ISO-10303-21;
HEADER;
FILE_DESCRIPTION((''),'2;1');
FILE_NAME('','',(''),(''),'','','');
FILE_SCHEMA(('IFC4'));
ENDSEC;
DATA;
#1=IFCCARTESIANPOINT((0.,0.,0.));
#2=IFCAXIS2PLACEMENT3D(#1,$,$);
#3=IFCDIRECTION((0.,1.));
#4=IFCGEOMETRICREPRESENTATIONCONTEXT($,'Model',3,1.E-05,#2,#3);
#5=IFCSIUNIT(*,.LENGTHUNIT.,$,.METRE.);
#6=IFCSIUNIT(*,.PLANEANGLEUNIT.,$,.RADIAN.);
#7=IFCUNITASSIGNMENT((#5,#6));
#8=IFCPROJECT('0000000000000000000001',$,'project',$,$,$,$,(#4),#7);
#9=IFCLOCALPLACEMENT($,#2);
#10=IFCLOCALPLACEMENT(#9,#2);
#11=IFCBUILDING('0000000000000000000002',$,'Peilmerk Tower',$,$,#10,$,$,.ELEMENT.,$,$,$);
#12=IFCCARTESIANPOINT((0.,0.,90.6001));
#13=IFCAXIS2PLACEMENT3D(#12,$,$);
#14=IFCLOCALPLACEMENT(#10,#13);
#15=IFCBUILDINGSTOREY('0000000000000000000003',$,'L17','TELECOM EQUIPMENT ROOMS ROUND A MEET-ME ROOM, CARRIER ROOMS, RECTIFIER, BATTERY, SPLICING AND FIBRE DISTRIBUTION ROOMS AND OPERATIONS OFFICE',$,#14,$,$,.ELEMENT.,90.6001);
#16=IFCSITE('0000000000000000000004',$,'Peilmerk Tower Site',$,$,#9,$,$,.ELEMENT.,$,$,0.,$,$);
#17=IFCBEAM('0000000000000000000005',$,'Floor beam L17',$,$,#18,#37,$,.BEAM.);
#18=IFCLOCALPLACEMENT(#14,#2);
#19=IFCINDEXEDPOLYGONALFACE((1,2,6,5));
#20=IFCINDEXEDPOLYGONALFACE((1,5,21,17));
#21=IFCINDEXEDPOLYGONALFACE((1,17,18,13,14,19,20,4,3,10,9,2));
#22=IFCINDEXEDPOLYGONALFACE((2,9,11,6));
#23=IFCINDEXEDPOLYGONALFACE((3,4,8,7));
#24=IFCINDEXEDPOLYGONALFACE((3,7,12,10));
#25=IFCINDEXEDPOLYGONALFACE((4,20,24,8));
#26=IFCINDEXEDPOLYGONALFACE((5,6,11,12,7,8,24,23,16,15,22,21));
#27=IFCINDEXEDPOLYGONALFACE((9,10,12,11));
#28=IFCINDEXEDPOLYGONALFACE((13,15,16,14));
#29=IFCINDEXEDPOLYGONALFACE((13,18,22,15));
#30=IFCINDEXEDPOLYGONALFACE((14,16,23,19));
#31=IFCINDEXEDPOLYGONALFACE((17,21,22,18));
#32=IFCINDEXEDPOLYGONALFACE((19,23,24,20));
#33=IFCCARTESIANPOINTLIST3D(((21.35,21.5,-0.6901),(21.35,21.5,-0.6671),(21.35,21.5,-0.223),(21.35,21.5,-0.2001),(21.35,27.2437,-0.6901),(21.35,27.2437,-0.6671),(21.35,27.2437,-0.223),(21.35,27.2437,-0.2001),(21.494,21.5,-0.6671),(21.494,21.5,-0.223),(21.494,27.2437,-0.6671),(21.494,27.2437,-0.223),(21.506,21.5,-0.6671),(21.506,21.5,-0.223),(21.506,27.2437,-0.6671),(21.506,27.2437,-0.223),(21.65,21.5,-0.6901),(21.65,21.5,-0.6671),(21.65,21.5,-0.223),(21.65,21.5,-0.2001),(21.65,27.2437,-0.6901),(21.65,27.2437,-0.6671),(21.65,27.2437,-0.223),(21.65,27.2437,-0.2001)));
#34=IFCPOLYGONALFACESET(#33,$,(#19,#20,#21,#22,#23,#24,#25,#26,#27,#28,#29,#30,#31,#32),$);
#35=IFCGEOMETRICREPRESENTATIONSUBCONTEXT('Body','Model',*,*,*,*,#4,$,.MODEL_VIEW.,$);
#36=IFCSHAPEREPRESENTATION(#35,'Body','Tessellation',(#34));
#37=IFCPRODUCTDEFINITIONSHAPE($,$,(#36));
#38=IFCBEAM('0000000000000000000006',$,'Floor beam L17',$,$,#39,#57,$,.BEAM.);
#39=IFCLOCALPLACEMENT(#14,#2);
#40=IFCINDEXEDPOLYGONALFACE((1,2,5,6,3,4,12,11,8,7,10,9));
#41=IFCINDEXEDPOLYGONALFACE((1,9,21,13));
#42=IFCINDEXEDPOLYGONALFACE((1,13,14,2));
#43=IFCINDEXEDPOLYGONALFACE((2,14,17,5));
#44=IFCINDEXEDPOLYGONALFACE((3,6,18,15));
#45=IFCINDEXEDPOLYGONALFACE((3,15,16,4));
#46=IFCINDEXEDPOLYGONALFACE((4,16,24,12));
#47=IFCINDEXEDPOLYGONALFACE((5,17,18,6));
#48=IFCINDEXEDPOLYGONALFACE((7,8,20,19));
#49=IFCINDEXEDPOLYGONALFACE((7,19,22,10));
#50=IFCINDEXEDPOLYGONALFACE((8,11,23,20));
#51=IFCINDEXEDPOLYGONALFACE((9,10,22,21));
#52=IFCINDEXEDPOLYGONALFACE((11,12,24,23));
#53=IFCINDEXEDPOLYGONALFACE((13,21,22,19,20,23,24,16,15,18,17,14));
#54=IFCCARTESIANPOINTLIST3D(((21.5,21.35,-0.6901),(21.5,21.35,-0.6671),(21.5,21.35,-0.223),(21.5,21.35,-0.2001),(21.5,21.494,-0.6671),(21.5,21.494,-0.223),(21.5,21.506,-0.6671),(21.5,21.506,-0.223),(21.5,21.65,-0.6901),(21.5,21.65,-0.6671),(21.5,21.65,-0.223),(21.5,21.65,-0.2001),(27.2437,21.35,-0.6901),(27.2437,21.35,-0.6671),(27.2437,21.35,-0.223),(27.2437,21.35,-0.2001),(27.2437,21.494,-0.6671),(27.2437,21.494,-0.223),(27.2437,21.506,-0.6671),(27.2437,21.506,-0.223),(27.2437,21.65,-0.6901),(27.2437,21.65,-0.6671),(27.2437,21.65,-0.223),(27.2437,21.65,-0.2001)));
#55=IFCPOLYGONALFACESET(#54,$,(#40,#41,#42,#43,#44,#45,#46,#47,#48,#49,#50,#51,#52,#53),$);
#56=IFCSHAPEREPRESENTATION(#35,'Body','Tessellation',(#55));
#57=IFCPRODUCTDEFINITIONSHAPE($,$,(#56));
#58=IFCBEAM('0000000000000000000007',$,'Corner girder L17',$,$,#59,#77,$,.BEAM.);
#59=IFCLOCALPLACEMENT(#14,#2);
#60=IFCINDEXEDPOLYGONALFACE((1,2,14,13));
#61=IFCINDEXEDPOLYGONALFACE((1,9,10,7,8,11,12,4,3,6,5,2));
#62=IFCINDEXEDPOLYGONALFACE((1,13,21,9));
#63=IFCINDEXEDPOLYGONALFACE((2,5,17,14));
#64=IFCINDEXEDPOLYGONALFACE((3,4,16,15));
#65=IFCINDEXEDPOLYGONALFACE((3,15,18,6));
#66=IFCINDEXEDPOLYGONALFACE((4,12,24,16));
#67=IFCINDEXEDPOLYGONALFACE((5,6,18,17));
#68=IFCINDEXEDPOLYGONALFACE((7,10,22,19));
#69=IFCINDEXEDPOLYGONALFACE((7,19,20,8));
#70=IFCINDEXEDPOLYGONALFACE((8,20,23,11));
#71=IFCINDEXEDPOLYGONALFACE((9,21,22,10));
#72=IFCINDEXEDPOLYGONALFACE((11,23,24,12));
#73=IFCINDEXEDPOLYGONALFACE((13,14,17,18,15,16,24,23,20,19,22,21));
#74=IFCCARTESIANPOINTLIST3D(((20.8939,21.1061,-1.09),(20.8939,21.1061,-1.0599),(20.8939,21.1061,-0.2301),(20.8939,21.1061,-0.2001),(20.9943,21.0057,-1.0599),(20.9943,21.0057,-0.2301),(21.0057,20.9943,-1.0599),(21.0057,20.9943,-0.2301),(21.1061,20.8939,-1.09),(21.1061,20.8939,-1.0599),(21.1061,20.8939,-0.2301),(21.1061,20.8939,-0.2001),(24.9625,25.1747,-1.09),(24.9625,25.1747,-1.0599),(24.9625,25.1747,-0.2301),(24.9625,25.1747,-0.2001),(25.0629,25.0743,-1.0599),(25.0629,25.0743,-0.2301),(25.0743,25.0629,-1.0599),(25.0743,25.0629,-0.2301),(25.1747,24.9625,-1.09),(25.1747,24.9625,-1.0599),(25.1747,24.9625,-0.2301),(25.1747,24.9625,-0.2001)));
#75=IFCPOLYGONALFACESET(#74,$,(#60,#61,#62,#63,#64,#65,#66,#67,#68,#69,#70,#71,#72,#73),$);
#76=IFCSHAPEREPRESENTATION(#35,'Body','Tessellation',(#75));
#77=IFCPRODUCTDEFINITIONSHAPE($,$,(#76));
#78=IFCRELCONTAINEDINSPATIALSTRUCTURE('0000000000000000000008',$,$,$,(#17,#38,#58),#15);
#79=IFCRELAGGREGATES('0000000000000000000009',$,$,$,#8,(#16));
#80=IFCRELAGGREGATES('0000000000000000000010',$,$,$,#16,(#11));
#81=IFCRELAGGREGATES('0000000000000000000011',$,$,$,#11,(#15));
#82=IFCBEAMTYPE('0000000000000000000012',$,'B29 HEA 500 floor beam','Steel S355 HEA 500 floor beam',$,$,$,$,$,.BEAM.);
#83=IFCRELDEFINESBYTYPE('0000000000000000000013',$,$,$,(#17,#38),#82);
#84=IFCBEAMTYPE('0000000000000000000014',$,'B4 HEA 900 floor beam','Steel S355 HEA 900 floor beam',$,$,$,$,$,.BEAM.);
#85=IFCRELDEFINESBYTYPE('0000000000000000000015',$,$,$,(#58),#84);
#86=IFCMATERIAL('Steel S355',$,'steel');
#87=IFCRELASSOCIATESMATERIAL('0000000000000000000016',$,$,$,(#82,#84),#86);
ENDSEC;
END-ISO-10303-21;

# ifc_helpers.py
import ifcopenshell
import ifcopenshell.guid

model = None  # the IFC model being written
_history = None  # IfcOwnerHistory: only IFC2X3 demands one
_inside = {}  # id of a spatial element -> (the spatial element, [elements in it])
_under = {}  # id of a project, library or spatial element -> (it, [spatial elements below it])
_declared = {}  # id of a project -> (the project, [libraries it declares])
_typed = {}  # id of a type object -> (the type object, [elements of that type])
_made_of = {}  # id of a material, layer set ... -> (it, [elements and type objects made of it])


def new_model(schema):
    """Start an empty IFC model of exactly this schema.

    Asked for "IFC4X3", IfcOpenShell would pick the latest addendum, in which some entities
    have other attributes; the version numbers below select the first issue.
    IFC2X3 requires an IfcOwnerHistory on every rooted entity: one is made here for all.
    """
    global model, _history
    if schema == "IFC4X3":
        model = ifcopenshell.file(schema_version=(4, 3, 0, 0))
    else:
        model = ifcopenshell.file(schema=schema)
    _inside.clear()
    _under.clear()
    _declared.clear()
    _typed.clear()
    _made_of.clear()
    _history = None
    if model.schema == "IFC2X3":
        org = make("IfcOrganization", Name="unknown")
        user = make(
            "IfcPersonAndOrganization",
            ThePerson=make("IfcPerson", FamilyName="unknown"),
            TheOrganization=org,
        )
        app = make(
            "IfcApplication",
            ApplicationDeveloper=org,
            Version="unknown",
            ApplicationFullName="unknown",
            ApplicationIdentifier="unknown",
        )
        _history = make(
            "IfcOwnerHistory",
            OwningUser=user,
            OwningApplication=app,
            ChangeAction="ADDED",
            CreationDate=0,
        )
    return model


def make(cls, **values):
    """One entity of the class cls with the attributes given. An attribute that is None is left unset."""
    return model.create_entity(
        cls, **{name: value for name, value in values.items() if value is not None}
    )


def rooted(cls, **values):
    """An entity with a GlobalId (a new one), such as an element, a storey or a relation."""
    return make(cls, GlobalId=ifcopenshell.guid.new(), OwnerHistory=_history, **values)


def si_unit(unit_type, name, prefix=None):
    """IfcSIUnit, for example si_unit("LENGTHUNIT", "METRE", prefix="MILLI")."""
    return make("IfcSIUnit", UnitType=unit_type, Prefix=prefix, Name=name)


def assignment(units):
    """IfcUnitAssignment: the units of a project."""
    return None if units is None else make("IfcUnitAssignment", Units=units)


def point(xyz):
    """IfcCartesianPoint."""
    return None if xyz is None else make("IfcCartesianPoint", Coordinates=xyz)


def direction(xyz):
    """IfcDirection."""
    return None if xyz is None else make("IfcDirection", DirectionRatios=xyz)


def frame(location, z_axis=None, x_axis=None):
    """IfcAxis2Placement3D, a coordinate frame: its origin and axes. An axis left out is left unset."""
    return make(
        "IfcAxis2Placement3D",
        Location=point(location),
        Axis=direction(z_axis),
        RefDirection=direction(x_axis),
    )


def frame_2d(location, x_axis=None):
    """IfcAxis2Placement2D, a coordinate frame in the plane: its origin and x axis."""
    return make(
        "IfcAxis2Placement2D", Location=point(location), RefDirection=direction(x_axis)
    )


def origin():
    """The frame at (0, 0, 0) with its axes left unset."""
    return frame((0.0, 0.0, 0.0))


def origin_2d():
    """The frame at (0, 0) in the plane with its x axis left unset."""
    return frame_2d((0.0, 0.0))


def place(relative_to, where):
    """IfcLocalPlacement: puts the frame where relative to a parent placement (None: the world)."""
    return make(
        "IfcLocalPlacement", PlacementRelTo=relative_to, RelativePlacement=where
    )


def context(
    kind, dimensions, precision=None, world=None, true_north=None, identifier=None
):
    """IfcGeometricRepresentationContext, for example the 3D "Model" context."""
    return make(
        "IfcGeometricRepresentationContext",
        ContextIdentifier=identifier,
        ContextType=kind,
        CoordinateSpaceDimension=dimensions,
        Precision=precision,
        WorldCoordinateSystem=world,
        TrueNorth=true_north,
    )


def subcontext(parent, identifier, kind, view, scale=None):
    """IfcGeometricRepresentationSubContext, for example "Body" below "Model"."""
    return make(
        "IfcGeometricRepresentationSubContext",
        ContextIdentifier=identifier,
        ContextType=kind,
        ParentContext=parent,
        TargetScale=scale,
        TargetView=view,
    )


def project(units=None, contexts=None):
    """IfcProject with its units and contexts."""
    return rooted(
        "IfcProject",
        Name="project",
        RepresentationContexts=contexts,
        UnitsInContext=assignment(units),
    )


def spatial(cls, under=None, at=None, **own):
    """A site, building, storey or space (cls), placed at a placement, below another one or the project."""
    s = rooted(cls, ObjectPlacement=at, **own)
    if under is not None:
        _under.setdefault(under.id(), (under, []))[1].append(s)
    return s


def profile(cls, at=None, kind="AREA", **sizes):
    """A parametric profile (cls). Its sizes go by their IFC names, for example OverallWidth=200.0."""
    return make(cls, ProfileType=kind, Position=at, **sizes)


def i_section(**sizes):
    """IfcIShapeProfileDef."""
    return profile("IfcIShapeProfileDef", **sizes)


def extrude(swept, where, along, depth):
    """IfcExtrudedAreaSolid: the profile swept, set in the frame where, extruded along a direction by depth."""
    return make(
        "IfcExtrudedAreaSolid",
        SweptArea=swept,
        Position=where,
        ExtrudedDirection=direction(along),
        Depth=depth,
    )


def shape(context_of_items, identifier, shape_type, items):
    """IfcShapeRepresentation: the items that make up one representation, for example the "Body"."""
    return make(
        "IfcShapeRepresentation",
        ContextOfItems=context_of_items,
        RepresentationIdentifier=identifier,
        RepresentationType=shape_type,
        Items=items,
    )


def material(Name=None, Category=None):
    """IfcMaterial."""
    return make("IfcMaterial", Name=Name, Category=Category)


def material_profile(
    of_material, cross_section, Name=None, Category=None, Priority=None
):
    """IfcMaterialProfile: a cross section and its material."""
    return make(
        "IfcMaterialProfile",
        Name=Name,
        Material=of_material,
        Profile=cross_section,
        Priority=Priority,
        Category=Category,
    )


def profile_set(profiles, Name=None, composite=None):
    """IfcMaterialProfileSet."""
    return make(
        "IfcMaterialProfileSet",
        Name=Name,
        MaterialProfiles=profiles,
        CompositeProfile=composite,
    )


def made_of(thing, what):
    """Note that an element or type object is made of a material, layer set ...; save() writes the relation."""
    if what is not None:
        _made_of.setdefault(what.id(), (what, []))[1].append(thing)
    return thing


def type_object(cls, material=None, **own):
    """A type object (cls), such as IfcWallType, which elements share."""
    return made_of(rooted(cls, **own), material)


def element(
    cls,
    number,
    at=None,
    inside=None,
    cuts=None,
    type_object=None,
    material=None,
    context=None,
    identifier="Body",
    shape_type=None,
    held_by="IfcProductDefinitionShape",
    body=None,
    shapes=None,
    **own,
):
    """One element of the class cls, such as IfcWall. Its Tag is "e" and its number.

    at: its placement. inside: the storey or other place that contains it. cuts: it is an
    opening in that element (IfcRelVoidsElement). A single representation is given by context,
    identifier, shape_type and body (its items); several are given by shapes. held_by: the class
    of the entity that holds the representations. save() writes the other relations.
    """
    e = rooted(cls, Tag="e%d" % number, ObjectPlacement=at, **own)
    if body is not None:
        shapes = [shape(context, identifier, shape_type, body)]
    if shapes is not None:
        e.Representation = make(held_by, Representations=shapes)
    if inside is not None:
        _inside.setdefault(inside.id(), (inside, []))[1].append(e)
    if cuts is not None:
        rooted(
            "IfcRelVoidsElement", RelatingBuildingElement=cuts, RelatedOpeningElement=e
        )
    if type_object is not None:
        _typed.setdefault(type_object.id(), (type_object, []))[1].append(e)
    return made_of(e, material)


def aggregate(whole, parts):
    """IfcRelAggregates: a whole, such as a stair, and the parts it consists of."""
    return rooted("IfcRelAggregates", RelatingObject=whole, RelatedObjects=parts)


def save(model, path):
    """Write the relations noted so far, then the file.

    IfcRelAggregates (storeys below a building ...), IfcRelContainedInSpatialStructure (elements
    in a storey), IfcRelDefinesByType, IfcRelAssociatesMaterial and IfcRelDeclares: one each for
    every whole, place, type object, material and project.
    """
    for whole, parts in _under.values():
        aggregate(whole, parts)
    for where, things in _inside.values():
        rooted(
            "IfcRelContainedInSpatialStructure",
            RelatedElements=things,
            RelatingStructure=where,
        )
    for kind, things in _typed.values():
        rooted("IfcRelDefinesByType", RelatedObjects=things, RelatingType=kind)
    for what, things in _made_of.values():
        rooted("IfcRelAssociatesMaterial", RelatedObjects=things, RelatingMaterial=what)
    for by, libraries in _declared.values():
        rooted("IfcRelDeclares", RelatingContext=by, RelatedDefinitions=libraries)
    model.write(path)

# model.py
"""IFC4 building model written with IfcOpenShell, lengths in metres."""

from ifc_helpers import new_model, si_unit, direction, frame, origin, origin_2d, place, context, subcontext, project, spatial, i_section, extrude, material, material_profile, profile_set, type_object, element, save


model = new_model("IFC4")

# Units and contexts
model_context = context("Model", 3, precision=1e-05, world=origin(), true_north=direction((0.0, 1.0)))
body_context = subcontext(model_context, "Body", "Model", "MODEL_VIEW")
ifc_project = project(units=[si_unit("LENGTHUNIT", "METRE"), si_unit("PLANEANGLEUNIT", "RADIAN")], contexts=[model_context])

# Site, building, storey
site_placement = place(None, origin())
site = spatial("IfcSite", under=ifc_project, at=site_placement, Name="Peilmerk Tower Site", CompositionType="ELEMENT", RefElevation=0.0)
building_placement = place(site_placement, origin())
building = spatial("IfcBuilding", under=site, at=building_placement, Name="Peilmerk Tower", CompositionType="ELEMENT")
storey_placement = place(building_placement, frame((0.0, 0.0, 90.6001)))
storey = spatial("IfcBuildingStorey", under=building, at=storey_placement, Name="L17", Description="TELECOM EQUIPMENT ROOMS ROUND A MEET-ME ROOM, CARRIER ROOMS, RECTIFIER, BATTERY, SPLICING AND FIBRE DISTRIBUTION ROOMS AND OPERATIONS OFFICE", CompositionType="ELEMENT", Elevation=90.6001)

# Beams
ifc_material_1 = material(Name="Steel S355", Category="steel")
ifc_material_profile_1 = material_profile(ifc_material_1, i_section(OverallWidth=0.3, OverallDepth=0.49, WebThickness=0.012, FlangeThickness=0.0229, at=origin_2d()), Name="HEA 500")
ifc_profile_set_1 = profile_set([ifc_material_profile_1], Name="Steel S355")
beam_type_1 = type_object("IfcBeamType", Name="B29 HEA 500 floor beam", Description="Steel S355 HEA 500 floor beam", PredefinedType="BEAM", material=ifc_profile_set_1)
for number, where, z_axis, x_axis, name in (
    (1, (21.5, 21.5, -0.4451), (0.0, 1.0, 0.0), (-1.0, 0.0, 0.0), "Floor beam L17"),
    (2, (21.5, 21.5, -0.4451), (1.0, 0.0, 0.0), (0.0, 1.0, 0.0), "Floor beam L17"),
):
    element("IfcBeam", number, at=place(storey_placement, frame(where, z_axis=z_axis, x_axis=x_axis)), inside=storey, type_object=beam_type_1, Name=name, PredefinedType="BEAM", context=body_context, shape_type="SweptSolid", body=[
        extrude(i_section(OverallWidth=0.3, OverallDepth=0.49, WebThickness=0.012, FlangeThickness=0.0229, at=origin_2d()), origin(), (0.0, 0.0, 1.0), 5.7437),
    ])
ifc_material_profile_2 = material_profile(ifc_material_1, i_section(OverallWidth=0.3, OverallDepth=0.8899, WebThickness=0.0161, FlangeThickness=0.03, at=origin_2d()), Name="HEA 900")
ifc_profile_set_2 = profile_set([ifc_material_profile_2], Name="Steel S355")
beam_type_2 = type_object("IfcBeamType", Name="B4 HEA 900 floor beam", Description="Steel S355 HEA 900 floor beam", PredefinedType="BEAM", material=ifc_profile_set_2)
beam_1_placement = place(storey_placement, frame((21.0, 21.0, -0.645), z_axis=(0.707107, 0.707107, 0.0), x_axis=(-0.707107, 0.707107, 0.0)))
element("IfcBeam", 3, at=beam_1_placement, inside=storey, type_object=beam_type_2, Name="Corner girder L17", PredefinedType="BEAM", context=body_context, shape_type="SweptSolid", body=[
    extrude(i_section(OverallWidth=0.3, OverallDepth=0.8899, WebThickness=0.0161, FlangeThickness=0.03, at=origin_2d()), origin(), (0.0, 0.0, 1.0), 5.7539),
])

save(model, "model.ifc")
